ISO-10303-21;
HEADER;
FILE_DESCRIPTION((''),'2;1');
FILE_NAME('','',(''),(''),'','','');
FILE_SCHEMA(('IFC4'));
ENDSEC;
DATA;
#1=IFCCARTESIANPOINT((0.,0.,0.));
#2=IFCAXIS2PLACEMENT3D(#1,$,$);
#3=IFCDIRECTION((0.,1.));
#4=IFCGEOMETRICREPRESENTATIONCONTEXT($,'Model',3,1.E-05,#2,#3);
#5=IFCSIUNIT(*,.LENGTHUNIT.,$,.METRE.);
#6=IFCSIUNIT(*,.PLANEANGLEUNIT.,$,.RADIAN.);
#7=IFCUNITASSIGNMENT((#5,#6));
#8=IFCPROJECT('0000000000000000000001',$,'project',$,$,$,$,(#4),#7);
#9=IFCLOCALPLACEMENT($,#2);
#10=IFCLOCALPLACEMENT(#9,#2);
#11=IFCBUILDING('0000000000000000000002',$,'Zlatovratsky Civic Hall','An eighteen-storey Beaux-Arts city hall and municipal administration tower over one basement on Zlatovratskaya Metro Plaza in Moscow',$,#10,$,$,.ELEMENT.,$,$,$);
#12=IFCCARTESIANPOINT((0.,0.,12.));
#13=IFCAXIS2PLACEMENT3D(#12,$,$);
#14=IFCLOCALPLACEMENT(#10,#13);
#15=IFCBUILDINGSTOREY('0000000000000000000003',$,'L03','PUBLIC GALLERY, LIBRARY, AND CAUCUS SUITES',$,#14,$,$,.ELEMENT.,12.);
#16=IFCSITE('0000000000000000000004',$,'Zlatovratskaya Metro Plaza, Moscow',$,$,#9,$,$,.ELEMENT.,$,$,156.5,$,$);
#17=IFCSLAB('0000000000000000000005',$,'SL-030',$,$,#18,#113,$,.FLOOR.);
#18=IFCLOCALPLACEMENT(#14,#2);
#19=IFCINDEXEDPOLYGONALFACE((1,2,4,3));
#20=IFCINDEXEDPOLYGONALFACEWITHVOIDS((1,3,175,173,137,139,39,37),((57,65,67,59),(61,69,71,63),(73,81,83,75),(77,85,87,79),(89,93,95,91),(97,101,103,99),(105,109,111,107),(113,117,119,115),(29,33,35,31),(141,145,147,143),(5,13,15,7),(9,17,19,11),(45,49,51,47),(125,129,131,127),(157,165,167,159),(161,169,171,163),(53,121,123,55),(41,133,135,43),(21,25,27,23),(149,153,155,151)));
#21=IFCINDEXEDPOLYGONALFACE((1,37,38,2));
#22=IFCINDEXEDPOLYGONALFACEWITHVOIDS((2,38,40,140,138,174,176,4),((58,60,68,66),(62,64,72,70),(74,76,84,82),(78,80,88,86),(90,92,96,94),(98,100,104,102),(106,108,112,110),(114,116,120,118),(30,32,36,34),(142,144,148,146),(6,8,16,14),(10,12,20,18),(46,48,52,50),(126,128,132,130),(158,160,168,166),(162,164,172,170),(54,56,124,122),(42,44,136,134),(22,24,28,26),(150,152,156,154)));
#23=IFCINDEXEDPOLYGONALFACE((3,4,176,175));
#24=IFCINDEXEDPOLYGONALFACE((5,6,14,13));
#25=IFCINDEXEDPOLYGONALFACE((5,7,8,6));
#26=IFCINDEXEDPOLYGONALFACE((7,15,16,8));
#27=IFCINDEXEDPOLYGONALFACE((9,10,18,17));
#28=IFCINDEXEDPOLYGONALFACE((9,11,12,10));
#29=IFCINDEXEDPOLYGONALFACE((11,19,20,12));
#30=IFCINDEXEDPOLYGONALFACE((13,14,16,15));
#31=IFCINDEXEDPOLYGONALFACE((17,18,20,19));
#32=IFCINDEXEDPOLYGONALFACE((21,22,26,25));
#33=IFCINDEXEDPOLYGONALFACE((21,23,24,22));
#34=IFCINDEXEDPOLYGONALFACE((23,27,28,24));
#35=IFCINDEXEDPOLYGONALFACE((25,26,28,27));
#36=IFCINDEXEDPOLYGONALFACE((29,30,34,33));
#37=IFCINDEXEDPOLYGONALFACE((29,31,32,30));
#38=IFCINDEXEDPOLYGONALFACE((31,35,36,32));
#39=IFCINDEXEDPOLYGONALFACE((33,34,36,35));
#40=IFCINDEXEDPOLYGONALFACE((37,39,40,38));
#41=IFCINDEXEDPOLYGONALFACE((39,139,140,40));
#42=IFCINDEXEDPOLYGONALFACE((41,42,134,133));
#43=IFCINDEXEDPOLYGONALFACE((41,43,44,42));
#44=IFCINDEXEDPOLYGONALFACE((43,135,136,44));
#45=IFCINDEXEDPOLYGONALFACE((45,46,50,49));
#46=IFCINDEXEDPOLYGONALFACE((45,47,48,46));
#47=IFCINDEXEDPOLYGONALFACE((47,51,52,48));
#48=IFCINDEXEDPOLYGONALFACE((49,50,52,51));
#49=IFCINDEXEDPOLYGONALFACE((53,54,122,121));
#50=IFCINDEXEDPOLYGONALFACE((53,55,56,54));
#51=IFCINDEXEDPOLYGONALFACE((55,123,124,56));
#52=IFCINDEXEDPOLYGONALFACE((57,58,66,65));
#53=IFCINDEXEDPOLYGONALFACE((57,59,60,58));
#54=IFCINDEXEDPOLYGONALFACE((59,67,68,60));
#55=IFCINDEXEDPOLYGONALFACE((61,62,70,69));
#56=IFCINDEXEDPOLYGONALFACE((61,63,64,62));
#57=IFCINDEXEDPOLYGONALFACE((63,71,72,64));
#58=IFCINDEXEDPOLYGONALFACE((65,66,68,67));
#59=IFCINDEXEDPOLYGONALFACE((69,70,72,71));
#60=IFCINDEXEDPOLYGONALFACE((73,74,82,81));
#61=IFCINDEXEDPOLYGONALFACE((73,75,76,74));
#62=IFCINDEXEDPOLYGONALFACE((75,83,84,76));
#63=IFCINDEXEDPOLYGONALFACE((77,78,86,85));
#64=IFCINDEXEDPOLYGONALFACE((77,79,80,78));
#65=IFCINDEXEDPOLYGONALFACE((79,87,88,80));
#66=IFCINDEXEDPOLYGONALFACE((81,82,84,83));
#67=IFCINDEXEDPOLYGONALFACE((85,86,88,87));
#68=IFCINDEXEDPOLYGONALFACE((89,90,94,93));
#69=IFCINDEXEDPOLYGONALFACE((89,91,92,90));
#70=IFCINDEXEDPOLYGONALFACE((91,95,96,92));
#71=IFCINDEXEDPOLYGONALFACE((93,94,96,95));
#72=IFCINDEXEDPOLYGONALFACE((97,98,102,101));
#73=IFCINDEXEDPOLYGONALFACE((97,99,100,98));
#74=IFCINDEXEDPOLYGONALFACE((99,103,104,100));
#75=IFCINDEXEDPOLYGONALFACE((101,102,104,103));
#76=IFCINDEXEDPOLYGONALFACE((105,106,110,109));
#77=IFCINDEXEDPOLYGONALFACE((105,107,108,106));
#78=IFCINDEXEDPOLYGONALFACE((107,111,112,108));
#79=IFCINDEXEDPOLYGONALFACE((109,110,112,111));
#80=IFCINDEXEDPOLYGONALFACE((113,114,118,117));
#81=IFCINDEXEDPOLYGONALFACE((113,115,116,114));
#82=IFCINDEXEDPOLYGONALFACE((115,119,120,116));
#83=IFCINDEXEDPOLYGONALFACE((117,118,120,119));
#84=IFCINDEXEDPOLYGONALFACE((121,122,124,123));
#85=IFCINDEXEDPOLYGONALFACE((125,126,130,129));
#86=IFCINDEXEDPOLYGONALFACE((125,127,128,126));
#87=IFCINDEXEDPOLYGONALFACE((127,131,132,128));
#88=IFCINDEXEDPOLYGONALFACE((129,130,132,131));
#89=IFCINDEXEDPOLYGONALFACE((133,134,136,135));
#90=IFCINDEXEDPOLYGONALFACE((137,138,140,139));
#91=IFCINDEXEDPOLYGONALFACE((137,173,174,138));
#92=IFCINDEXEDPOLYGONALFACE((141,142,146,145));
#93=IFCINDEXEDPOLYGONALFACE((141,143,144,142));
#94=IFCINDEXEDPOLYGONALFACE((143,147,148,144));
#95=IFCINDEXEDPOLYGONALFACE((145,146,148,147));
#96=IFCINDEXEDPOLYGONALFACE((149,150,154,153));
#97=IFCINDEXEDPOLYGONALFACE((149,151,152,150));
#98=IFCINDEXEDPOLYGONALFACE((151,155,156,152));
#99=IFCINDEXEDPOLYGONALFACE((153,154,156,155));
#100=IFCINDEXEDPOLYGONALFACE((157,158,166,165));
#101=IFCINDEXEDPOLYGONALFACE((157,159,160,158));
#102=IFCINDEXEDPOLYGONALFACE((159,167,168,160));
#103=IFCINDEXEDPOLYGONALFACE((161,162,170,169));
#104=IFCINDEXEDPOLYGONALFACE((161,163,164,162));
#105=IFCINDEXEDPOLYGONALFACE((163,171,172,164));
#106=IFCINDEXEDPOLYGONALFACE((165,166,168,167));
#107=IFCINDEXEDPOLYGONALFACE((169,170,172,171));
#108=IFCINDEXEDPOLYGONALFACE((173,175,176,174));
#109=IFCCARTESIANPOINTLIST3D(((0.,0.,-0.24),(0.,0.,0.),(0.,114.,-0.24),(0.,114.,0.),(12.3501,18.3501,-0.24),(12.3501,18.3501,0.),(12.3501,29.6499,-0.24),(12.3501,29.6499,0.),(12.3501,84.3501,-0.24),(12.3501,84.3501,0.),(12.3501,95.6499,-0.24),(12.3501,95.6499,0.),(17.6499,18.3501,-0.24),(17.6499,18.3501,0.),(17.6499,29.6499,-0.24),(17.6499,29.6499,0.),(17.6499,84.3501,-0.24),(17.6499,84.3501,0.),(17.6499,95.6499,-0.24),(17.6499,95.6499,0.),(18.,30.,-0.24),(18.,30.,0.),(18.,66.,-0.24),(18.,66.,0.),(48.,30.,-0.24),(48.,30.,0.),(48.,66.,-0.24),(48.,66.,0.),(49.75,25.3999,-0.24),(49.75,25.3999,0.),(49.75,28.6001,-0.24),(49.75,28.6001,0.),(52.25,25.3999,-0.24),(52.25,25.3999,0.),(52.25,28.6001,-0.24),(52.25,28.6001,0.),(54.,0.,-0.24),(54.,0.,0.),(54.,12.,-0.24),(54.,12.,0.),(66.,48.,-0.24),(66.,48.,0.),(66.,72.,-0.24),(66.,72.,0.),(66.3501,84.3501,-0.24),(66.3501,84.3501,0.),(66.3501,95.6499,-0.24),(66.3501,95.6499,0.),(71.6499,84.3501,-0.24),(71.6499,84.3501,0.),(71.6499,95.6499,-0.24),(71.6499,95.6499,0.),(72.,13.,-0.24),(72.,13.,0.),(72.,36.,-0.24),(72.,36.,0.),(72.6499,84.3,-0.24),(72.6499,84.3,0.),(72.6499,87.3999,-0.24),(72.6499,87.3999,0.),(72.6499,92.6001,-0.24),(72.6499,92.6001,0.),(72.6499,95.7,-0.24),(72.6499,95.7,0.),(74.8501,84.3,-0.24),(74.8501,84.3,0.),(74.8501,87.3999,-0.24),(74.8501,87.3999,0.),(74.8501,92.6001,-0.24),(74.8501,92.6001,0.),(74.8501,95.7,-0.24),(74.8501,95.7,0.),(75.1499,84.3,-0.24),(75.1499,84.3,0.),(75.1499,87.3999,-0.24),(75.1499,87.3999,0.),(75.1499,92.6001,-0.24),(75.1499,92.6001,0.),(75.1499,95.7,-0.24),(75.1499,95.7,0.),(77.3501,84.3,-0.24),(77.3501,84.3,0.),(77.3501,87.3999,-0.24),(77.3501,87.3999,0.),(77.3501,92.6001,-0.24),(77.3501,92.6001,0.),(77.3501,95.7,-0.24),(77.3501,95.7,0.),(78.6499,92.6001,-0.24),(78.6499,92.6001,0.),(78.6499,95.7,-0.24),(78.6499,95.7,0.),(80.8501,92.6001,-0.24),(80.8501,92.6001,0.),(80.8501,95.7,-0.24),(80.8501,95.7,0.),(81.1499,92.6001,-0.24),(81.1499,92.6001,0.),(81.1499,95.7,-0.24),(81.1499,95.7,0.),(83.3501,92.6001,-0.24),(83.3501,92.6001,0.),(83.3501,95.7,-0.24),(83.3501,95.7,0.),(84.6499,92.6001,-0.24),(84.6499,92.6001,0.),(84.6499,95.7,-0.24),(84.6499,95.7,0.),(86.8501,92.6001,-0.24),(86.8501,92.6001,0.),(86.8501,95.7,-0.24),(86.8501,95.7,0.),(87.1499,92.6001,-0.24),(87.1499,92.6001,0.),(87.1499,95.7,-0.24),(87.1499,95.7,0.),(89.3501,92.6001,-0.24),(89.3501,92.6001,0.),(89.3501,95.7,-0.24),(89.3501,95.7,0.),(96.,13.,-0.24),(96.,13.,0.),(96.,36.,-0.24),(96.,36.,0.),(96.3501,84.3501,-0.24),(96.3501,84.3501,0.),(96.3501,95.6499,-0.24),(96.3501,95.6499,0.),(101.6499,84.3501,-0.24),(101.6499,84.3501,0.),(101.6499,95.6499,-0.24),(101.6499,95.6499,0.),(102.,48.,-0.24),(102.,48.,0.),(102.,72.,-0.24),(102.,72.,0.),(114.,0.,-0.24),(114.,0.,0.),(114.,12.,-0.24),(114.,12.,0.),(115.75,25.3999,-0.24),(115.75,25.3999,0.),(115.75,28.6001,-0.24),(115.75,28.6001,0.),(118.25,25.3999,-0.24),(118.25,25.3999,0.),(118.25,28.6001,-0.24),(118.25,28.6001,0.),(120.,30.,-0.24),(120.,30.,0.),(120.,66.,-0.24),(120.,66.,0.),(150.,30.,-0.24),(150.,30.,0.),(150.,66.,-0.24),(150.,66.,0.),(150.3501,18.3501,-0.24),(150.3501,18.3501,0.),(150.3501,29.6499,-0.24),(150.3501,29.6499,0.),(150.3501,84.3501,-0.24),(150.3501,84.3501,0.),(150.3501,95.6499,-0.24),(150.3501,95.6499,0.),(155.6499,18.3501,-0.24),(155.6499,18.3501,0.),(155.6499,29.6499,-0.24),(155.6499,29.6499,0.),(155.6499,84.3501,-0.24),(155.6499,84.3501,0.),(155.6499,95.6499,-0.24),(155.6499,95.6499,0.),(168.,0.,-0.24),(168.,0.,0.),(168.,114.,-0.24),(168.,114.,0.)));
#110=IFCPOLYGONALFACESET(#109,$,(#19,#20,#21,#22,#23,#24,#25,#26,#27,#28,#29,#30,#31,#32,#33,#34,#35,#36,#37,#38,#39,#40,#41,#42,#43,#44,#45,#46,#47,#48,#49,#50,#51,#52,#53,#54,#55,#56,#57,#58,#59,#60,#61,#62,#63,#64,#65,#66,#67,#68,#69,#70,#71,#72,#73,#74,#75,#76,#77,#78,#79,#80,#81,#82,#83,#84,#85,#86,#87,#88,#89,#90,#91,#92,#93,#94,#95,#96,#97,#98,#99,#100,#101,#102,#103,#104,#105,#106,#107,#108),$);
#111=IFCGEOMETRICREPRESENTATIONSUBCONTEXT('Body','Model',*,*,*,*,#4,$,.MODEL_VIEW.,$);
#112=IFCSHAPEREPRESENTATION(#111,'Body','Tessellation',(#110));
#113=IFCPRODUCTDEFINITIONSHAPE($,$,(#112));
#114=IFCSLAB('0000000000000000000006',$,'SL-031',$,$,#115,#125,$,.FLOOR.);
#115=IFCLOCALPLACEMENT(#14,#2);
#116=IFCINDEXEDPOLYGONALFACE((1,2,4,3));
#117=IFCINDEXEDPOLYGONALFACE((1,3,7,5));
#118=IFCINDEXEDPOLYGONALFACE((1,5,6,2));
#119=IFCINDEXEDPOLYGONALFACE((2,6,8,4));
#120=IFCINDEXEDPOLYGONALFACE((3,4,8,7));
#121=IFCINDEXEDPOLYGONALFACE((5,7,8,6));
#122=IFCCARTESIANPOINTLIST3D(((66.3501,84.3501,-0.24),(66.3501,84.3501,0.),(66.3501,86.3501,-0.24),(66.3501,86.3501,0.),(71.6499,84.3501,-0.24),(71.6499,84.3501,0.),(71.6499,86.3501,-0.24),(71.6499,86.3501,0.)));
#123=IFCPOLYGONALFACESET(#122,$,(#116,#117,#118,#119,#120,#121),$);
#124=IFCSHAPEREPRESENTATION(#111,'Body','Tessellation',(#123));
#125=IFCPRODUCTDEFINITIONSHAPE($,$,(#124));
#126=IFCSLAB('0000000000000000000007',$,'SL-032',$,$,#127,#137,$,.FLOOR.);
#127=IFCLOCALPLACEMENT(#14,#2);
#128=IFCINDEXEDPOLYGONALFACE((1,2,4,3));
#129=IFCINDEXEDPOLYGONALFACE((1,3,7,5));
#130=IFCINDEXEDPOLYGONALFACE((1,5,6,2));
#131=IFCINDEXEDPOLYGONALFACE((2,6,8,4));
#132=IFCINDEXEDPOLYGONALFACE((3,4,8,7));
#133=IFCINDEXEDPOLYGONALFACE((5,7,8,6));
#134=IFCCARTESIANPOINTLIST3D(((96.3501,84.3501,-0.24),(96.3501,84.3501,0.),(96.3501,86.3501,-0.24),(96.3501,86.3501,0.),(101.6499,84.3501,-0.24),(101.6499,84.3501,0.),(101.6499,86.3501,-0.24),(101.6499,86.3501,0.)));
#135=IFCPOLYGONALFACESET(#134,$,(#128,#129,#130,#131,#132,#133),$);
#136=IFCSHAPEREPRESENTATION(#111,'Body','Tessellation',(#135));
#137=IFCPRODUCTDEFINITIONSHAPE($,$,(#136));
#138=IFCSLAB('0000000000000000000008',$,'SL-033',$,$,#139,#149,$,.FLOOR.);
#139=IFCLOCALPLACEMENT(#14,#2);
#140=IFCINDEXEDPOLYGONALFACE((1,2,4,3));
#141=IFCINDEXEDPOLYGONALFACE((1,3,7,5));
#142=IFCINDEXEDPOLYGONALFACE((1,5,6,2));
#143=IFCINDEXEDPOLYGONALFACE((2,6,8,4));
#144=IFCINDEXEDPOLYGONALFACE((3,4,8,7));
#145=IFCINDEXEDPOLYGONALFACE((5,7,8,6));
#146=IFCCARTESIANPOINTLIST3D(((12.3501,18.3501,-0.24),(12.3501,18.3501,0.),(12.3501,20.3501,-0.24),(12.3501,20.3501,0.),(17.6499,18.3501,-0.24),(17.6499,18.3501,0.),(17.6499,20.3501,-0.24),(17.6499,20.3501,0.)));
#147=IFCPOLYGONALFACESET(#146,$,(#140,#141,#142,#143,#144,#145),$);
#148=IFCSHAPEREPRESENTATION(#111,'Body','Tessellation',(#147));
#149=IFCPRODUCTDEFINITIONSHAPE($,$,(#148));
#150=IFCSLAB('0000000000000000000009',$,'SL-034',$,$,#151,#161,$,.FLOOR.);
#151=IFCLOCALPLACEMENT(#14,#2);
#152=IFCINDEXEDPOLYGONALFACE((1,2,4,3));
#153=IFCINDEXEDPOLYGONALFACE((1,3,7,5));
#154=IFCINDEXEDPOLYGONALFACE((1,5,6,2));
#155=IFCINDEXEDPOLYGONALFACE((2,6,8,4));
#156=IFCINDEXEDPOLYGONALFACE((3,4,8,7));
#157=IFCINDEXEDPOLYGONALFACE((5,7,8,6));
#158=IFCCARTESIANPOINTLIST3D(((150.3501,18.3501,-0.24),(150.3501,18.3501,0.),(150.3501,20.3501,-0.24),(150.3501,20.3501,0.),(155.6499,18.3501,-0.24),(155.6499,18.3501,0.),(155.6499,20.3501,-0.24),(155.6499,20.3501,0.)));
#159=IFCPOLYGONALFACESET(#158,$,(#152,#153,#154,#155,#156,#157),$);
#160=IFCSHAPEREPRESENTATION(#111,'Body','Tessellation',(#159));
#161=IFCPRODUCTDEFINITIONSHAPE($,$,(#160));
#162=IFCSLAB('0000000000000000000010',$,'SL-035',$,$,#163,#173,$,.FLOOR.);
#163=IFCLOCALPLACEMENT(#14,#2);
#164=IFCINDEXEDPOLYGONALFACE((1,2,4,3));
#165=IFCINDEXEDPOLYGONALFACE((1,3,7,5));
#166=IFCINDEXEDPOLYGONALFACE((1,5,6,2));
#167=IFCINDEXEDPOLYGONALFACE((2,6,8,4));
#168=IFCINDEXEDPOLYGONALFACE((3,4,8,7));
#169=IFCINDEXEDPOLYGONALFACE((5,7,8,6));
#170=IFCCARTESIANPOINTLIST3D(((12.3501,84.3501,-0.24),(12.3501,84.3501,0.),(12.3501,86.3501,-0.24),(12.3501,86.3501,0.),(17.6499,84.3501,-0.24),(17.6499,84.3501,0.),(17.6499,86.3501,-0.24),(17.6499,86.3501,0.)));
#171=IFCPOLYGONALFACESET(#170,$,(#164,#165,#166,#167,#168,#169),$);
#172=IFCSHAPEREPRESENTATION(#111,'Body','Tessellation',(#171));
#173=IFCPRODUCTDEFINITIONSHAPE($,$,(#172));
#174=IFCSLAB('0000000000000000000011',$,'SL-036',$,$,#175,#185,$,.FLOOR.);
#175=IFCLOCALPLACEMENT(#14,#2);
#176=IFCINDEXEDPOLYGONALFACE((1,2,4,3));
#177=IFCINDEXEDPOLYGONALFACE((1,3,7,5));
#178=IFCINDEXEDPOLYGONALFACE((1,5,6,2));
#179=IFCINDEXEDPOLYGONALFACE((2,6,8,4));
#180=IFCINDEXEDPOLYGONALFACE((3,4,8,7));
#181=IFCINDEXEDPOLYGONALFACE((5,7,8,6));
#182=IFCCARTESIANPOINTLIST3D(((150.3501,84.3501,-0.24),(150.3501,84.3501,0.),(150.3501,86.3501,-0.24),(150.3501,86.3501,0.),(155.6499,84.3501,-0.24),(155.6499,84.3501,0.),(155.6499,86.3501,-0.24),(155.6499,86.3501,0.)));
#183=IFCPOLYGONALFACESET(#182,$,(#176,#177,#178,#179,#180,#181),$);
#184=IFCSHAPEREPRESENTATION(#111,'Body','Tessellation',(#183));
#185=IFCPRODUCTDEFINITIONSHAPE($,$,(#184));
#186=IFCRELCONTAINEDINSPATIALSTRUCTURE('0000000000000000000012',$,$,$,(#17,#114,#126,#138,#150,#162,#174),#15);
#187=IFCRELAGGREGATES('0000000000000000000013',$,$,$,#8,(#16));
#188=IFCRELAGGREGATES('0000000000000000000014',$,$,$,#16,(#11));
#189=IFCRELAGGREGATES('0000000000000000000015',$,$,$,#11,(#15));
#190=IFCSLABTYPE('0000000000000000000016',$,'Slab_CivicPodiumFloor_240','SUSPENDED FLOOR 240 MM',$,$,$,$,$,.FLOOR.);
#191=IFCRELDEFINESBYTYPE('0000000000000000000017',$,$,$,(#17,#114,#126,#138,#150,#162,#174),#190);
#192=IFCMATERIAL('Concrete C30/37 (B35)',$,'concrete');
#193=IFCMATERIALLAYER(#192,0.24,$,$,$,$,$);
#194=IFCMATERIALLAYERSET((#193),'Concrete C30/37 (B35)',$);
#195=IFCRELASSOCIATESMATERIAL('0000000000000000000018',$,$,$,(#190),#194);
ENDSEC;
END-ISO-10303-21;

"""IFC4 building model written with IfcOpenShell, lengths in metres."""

from ifc_helpers import new_model, si_unit, direction, frame, origin, place, context, subcontext, project, spatial, polyline, outline, extrude, material, layer, layer_set, type_object, element, save


model = new_model("IFC4")

# Units and contexts
model_context = context("Model", 3, precision=1e-05, world=origin(), true_north=direction((0.0, 1.0)))
body_context = subcontext(model_context, "Body", "Model", "MODEL_VIEW")
ifc_project = project(units=[si_unit("LENGTHUNIT", "METRE"), si_unit("PLANEANGLEUNIT", "RADIAN")], contexts=[model_context])

# Site, building, storey
site_placement = place(None, origin())
site = spatial("IfcSite", under=ifc_project, at=site_placement, Name="Zlatovratskaya Metro Plaza, Moscow", CompositionType="ELEMENT", RefElevation=156.5)
building_placement = place(site_placement, origin())
building = spatial("IfcBuilding", under=site, at=building_placement, Name="Zlatovratsky Civic Hall", Description="An eighteen-storey Beaux-Arts city hall and municipal administration tower over one basement on Zlatovratskaya Metro Plaza in Moscow", CompositionType="ELEMENT")
storey_placement = place(building_placement, frame((0.0, 0.0, 12.0)))
storey = spatial("IfcBuildingStorey", under=building, at=storey_placement, Name="L03", Description="PUBLIC GALLERY, LIBRARY, AND CAUCUS SUITES", CompositionType="ELEMENT", Elevation=12.0)

# Slabs
ifc_material_1 = material(Name="Concrete C30/37 (B35)", Category="concrete")
ifc_layer_1 = layer(ifc_material_1, 0.24)
ifc_layer_set_1 = layer_set([ifc_layer_1], Name="Concrete C30/37 (B35)")
slab_type_1 = type_object("IfcSlabType", Name="Slab_CivicPodiumFloor_240", Description="SUSPENDED FLOOR 240 MM", PredefinedType="FLOOR", material=ifc_layer_set_1)
slab_1_placement = place(storey_placement, frame((0.0, 0.0, -0.24)))
element("IfcSlab", 1, at=slab_1_placement, inside=storey, type_object=slab_type_1, Name="SL-030", PredefinedType="FLOOR", context=body_context, shape_type="SweptSolid", body=[
    extrude(outline(polyline([(0.0, 0.0), (54.0, 0.0), (54.0, 12.0), (114.0, 12.0), (114.0, 0.0), (168.0, 0.0), (168.0, 114.0), (0.0, 114.0), (0.0, 0.0)]), holes=[polyline([(66.3501, 84.3501), (71.6499, 84.3501), (71.6499, 95.6499), (66.3501, 95.6499), (66.3501, 84.3501)]), polyline([(96.3501, 84.3501), (101.6499, 84.3501), (101.6499, 95.6499), (96.3501, 95.6499), (96.3501, 84.3501)]), polyline([(12.3501, 18.3501), (17.6499, 18.3501), (17.6499, 29.6499), (12.3501, 29.6499), (12.3501, 18.3501)]), polyline([(150.3501, 18.3501), (155.6499, 18.3501), (155.6499, 29.6499), (150.3501, 29.6499), (150.3501, 18.3501)]), polyline([(12.3501, 84.3501), (17.6499, 84.3501), (17.6499, 95.6499), (12.3501, 95.6499), (12.3501, 84.3501)]), polyline([(150.3501, 84.3501), (155.6499, 84.3501), (155.6499, 95.6499), (150.3501, 95.6499), (150.3501, 84.3501)]), polyline([(72.6499, 84.3), (74.8501, 84.3), (74.8501, 87.3999), (72.6499, 87.3999), (72.6499, 84.3)]), polyline([(75.1499, 84.3), (77.3501, 84.3), (77.3501, 87.3999), (75.1499, 87.3999), (75.1499, 84.3)]), polyline([(72.6499, 92.6001), (74.8501, 92.6001), (74.8501, 95.7), (72.6499, 95.7), (72.6499, 92.6001)]), polyline([(75.1499, 92.6001), (77.3501, 92.6001), (77.3501, 95.7), (75.1499, 95.7), (75.1499, 92.6001)]), polyline([(78.6499, 92.6001), (80.8501, 92.6001), (80.8501, 95.7), (78.6499, 95.7), (78.6499, 92.6001)]), polyline([(81.1499, 92.6001), (83.3501, 92.6001), (83.3501, 95.7), (81.1499, 95.7), (81.1499, 92.6001)]), polyline([(84.6499, 92.6001), (86.8501, 92.6001), (86.8501, 95.7), (84.6499, 95.7), (84.6499, 92.6001)]), polyline([(87.1499, 92.6001), (89.3501, 92.6001), (89.3501, 95.7), (87.1499, 95.7), (87.1499, 92.6001)]), polyline([(49.75, 25.3999), (52.25, 25.3999), (52.25, 28.6001), (49.75, 28.6001), (49.75, 25.3999)]), polyline([(115.75, 25.3999), (118.25, 25.3999), (118.25, 28.6001), (115.75, 28.6001), (115.75, 25.3999)]), polyline([(18.0, 30.0), (48.0, 30.0), (48.0, 66.0), (18.0, 66.0), (18.0, 30.0)]), polyline([(120.0, 30.0), (150.0, 30.0), (150.0, 66.0), (120.0, 66.0), (120.0, 30.0)]), polyline([(72.0, 13.0), (96.0, 13.0), (96.0, 36.0), (72.0, 36.0), (72.0, 13.0)]), polyline([(66.0, 48.0), (102.0, 48.0), (102.0, 72.0), (66.0, 72.0), (66.0, 48.0)])]), origin(), (0.0, 0.0, 1.0), 0.24),
])
slab_2_placement = place(storey_placement, frame((0.0, 0.0, -0.24)))
element("IfcSlab", 2, at=slab_2_placement, inside=storey, type_object=slab_type_1, Name="SL-031", PredefinedType="FLOOR", context=body_context, shape_type="SweptSolid", body=[
    extrude(outline(polyline([(66.3501, 84.3501), (71.6499, 84.3501), (71.6499, 86.3501), (66.3501, 86.3501), (66.3501, 84.3501)])), origin(), (0.0, 0.0, 1.0), 0.24),
])
slab_3_placement = place(storey_placement, frame((0.0, 0.0, -0.24)))
element("IfcSlab", 3, at=slab_3_placement, inside=storey, type_object=slab_type_1, Name="SL-032", PredefinedType="FLOOR", context=body_context, shape_type="SweptSolid", body=[
    extrude(outline(polyline([(96.3501, 84.3501), (101.6499, 84.3501), (101.6499, 86.3501), (96.3501, 86.3501), (96.3501, 84.3501)])), origin(), (0.0, 0.0, 1.0), 0.24),
])
slab_4_placement = place(storey_placement, frame((0.0, 0.0, -0.24)))
element("IfcSlab", 4, at=slab_4_placement, inside=storey, type_object=slab_type_1, Name="SL-033", PredefinedType="FLOOR", context=body_context, shape_type="SweptSolid", body=[
    extrude(outline(polyline([(12.3501, 18.3501), (17.6499, 18.3501), (17.6499, 20.3501), (12.3501, 20.3501), (12.3501, 18.3501)])), origin(), (0.0, 0.0, 1.0), 0.24),
])
slab_5_placement = place(storey_placement, frame((0.0, 0.0, -0.24)))
element("IfcSlab", 5, at=slab_5_placement, inside=storey, type_object=slab_type_1, Name="SL-034", PredefinedType="FLOOR", context=body_context, shape_type="SweptSolid", body=[
    extrude(outline(polyline([(150.3501, 18.3501), (155.6499, 18.3501), (155.6499, 20.3501), (150.3501, 20.3501), (150.3501, 18.3501)])), origin(), (0.0, 0.0, 1.0), 0.24),
])
slab_6_placement = place(storey_placement, frame((0.0, 0.0, -0.24)))
element("IfcSlab", 6, at=slab_6_placement, inside=storey, type_object=slab_type_1, Name="SL-035", PredefinedType="FLOOR", context=body_context, shape_type="SweptSolid", body=[
    extrude(outline(polyline([(12.3501, 84.3501), (17.6499, 84.3501), (17.6499, 86.3501), (12.3501, 86.3501), (12.3501, 84.3501)])), origin(), (0.0, 0.0, 1.0), 0.24),
])
slab_7_placement = place(storey_placement, frame((0.0, 0.0, -0.24)))
element("IfcSlab", 7, at=slab_7_placement, inside=storey, type_object=slab_type_1, Name="SL-036", PredefinedType="FLOOR", context=body_context, shape_type="SweptSolid", body=[
    extrude(outline(polyline([(150.3501, 84.3501), (155.6499, 84.3501), (155.6499, 86.3501), (150.3501, 86.3501), (150.3501, 84.3501)])), origin(), (0.0, 0.0, 1.0), 0.24),
])

save(model, "model.ifc")
